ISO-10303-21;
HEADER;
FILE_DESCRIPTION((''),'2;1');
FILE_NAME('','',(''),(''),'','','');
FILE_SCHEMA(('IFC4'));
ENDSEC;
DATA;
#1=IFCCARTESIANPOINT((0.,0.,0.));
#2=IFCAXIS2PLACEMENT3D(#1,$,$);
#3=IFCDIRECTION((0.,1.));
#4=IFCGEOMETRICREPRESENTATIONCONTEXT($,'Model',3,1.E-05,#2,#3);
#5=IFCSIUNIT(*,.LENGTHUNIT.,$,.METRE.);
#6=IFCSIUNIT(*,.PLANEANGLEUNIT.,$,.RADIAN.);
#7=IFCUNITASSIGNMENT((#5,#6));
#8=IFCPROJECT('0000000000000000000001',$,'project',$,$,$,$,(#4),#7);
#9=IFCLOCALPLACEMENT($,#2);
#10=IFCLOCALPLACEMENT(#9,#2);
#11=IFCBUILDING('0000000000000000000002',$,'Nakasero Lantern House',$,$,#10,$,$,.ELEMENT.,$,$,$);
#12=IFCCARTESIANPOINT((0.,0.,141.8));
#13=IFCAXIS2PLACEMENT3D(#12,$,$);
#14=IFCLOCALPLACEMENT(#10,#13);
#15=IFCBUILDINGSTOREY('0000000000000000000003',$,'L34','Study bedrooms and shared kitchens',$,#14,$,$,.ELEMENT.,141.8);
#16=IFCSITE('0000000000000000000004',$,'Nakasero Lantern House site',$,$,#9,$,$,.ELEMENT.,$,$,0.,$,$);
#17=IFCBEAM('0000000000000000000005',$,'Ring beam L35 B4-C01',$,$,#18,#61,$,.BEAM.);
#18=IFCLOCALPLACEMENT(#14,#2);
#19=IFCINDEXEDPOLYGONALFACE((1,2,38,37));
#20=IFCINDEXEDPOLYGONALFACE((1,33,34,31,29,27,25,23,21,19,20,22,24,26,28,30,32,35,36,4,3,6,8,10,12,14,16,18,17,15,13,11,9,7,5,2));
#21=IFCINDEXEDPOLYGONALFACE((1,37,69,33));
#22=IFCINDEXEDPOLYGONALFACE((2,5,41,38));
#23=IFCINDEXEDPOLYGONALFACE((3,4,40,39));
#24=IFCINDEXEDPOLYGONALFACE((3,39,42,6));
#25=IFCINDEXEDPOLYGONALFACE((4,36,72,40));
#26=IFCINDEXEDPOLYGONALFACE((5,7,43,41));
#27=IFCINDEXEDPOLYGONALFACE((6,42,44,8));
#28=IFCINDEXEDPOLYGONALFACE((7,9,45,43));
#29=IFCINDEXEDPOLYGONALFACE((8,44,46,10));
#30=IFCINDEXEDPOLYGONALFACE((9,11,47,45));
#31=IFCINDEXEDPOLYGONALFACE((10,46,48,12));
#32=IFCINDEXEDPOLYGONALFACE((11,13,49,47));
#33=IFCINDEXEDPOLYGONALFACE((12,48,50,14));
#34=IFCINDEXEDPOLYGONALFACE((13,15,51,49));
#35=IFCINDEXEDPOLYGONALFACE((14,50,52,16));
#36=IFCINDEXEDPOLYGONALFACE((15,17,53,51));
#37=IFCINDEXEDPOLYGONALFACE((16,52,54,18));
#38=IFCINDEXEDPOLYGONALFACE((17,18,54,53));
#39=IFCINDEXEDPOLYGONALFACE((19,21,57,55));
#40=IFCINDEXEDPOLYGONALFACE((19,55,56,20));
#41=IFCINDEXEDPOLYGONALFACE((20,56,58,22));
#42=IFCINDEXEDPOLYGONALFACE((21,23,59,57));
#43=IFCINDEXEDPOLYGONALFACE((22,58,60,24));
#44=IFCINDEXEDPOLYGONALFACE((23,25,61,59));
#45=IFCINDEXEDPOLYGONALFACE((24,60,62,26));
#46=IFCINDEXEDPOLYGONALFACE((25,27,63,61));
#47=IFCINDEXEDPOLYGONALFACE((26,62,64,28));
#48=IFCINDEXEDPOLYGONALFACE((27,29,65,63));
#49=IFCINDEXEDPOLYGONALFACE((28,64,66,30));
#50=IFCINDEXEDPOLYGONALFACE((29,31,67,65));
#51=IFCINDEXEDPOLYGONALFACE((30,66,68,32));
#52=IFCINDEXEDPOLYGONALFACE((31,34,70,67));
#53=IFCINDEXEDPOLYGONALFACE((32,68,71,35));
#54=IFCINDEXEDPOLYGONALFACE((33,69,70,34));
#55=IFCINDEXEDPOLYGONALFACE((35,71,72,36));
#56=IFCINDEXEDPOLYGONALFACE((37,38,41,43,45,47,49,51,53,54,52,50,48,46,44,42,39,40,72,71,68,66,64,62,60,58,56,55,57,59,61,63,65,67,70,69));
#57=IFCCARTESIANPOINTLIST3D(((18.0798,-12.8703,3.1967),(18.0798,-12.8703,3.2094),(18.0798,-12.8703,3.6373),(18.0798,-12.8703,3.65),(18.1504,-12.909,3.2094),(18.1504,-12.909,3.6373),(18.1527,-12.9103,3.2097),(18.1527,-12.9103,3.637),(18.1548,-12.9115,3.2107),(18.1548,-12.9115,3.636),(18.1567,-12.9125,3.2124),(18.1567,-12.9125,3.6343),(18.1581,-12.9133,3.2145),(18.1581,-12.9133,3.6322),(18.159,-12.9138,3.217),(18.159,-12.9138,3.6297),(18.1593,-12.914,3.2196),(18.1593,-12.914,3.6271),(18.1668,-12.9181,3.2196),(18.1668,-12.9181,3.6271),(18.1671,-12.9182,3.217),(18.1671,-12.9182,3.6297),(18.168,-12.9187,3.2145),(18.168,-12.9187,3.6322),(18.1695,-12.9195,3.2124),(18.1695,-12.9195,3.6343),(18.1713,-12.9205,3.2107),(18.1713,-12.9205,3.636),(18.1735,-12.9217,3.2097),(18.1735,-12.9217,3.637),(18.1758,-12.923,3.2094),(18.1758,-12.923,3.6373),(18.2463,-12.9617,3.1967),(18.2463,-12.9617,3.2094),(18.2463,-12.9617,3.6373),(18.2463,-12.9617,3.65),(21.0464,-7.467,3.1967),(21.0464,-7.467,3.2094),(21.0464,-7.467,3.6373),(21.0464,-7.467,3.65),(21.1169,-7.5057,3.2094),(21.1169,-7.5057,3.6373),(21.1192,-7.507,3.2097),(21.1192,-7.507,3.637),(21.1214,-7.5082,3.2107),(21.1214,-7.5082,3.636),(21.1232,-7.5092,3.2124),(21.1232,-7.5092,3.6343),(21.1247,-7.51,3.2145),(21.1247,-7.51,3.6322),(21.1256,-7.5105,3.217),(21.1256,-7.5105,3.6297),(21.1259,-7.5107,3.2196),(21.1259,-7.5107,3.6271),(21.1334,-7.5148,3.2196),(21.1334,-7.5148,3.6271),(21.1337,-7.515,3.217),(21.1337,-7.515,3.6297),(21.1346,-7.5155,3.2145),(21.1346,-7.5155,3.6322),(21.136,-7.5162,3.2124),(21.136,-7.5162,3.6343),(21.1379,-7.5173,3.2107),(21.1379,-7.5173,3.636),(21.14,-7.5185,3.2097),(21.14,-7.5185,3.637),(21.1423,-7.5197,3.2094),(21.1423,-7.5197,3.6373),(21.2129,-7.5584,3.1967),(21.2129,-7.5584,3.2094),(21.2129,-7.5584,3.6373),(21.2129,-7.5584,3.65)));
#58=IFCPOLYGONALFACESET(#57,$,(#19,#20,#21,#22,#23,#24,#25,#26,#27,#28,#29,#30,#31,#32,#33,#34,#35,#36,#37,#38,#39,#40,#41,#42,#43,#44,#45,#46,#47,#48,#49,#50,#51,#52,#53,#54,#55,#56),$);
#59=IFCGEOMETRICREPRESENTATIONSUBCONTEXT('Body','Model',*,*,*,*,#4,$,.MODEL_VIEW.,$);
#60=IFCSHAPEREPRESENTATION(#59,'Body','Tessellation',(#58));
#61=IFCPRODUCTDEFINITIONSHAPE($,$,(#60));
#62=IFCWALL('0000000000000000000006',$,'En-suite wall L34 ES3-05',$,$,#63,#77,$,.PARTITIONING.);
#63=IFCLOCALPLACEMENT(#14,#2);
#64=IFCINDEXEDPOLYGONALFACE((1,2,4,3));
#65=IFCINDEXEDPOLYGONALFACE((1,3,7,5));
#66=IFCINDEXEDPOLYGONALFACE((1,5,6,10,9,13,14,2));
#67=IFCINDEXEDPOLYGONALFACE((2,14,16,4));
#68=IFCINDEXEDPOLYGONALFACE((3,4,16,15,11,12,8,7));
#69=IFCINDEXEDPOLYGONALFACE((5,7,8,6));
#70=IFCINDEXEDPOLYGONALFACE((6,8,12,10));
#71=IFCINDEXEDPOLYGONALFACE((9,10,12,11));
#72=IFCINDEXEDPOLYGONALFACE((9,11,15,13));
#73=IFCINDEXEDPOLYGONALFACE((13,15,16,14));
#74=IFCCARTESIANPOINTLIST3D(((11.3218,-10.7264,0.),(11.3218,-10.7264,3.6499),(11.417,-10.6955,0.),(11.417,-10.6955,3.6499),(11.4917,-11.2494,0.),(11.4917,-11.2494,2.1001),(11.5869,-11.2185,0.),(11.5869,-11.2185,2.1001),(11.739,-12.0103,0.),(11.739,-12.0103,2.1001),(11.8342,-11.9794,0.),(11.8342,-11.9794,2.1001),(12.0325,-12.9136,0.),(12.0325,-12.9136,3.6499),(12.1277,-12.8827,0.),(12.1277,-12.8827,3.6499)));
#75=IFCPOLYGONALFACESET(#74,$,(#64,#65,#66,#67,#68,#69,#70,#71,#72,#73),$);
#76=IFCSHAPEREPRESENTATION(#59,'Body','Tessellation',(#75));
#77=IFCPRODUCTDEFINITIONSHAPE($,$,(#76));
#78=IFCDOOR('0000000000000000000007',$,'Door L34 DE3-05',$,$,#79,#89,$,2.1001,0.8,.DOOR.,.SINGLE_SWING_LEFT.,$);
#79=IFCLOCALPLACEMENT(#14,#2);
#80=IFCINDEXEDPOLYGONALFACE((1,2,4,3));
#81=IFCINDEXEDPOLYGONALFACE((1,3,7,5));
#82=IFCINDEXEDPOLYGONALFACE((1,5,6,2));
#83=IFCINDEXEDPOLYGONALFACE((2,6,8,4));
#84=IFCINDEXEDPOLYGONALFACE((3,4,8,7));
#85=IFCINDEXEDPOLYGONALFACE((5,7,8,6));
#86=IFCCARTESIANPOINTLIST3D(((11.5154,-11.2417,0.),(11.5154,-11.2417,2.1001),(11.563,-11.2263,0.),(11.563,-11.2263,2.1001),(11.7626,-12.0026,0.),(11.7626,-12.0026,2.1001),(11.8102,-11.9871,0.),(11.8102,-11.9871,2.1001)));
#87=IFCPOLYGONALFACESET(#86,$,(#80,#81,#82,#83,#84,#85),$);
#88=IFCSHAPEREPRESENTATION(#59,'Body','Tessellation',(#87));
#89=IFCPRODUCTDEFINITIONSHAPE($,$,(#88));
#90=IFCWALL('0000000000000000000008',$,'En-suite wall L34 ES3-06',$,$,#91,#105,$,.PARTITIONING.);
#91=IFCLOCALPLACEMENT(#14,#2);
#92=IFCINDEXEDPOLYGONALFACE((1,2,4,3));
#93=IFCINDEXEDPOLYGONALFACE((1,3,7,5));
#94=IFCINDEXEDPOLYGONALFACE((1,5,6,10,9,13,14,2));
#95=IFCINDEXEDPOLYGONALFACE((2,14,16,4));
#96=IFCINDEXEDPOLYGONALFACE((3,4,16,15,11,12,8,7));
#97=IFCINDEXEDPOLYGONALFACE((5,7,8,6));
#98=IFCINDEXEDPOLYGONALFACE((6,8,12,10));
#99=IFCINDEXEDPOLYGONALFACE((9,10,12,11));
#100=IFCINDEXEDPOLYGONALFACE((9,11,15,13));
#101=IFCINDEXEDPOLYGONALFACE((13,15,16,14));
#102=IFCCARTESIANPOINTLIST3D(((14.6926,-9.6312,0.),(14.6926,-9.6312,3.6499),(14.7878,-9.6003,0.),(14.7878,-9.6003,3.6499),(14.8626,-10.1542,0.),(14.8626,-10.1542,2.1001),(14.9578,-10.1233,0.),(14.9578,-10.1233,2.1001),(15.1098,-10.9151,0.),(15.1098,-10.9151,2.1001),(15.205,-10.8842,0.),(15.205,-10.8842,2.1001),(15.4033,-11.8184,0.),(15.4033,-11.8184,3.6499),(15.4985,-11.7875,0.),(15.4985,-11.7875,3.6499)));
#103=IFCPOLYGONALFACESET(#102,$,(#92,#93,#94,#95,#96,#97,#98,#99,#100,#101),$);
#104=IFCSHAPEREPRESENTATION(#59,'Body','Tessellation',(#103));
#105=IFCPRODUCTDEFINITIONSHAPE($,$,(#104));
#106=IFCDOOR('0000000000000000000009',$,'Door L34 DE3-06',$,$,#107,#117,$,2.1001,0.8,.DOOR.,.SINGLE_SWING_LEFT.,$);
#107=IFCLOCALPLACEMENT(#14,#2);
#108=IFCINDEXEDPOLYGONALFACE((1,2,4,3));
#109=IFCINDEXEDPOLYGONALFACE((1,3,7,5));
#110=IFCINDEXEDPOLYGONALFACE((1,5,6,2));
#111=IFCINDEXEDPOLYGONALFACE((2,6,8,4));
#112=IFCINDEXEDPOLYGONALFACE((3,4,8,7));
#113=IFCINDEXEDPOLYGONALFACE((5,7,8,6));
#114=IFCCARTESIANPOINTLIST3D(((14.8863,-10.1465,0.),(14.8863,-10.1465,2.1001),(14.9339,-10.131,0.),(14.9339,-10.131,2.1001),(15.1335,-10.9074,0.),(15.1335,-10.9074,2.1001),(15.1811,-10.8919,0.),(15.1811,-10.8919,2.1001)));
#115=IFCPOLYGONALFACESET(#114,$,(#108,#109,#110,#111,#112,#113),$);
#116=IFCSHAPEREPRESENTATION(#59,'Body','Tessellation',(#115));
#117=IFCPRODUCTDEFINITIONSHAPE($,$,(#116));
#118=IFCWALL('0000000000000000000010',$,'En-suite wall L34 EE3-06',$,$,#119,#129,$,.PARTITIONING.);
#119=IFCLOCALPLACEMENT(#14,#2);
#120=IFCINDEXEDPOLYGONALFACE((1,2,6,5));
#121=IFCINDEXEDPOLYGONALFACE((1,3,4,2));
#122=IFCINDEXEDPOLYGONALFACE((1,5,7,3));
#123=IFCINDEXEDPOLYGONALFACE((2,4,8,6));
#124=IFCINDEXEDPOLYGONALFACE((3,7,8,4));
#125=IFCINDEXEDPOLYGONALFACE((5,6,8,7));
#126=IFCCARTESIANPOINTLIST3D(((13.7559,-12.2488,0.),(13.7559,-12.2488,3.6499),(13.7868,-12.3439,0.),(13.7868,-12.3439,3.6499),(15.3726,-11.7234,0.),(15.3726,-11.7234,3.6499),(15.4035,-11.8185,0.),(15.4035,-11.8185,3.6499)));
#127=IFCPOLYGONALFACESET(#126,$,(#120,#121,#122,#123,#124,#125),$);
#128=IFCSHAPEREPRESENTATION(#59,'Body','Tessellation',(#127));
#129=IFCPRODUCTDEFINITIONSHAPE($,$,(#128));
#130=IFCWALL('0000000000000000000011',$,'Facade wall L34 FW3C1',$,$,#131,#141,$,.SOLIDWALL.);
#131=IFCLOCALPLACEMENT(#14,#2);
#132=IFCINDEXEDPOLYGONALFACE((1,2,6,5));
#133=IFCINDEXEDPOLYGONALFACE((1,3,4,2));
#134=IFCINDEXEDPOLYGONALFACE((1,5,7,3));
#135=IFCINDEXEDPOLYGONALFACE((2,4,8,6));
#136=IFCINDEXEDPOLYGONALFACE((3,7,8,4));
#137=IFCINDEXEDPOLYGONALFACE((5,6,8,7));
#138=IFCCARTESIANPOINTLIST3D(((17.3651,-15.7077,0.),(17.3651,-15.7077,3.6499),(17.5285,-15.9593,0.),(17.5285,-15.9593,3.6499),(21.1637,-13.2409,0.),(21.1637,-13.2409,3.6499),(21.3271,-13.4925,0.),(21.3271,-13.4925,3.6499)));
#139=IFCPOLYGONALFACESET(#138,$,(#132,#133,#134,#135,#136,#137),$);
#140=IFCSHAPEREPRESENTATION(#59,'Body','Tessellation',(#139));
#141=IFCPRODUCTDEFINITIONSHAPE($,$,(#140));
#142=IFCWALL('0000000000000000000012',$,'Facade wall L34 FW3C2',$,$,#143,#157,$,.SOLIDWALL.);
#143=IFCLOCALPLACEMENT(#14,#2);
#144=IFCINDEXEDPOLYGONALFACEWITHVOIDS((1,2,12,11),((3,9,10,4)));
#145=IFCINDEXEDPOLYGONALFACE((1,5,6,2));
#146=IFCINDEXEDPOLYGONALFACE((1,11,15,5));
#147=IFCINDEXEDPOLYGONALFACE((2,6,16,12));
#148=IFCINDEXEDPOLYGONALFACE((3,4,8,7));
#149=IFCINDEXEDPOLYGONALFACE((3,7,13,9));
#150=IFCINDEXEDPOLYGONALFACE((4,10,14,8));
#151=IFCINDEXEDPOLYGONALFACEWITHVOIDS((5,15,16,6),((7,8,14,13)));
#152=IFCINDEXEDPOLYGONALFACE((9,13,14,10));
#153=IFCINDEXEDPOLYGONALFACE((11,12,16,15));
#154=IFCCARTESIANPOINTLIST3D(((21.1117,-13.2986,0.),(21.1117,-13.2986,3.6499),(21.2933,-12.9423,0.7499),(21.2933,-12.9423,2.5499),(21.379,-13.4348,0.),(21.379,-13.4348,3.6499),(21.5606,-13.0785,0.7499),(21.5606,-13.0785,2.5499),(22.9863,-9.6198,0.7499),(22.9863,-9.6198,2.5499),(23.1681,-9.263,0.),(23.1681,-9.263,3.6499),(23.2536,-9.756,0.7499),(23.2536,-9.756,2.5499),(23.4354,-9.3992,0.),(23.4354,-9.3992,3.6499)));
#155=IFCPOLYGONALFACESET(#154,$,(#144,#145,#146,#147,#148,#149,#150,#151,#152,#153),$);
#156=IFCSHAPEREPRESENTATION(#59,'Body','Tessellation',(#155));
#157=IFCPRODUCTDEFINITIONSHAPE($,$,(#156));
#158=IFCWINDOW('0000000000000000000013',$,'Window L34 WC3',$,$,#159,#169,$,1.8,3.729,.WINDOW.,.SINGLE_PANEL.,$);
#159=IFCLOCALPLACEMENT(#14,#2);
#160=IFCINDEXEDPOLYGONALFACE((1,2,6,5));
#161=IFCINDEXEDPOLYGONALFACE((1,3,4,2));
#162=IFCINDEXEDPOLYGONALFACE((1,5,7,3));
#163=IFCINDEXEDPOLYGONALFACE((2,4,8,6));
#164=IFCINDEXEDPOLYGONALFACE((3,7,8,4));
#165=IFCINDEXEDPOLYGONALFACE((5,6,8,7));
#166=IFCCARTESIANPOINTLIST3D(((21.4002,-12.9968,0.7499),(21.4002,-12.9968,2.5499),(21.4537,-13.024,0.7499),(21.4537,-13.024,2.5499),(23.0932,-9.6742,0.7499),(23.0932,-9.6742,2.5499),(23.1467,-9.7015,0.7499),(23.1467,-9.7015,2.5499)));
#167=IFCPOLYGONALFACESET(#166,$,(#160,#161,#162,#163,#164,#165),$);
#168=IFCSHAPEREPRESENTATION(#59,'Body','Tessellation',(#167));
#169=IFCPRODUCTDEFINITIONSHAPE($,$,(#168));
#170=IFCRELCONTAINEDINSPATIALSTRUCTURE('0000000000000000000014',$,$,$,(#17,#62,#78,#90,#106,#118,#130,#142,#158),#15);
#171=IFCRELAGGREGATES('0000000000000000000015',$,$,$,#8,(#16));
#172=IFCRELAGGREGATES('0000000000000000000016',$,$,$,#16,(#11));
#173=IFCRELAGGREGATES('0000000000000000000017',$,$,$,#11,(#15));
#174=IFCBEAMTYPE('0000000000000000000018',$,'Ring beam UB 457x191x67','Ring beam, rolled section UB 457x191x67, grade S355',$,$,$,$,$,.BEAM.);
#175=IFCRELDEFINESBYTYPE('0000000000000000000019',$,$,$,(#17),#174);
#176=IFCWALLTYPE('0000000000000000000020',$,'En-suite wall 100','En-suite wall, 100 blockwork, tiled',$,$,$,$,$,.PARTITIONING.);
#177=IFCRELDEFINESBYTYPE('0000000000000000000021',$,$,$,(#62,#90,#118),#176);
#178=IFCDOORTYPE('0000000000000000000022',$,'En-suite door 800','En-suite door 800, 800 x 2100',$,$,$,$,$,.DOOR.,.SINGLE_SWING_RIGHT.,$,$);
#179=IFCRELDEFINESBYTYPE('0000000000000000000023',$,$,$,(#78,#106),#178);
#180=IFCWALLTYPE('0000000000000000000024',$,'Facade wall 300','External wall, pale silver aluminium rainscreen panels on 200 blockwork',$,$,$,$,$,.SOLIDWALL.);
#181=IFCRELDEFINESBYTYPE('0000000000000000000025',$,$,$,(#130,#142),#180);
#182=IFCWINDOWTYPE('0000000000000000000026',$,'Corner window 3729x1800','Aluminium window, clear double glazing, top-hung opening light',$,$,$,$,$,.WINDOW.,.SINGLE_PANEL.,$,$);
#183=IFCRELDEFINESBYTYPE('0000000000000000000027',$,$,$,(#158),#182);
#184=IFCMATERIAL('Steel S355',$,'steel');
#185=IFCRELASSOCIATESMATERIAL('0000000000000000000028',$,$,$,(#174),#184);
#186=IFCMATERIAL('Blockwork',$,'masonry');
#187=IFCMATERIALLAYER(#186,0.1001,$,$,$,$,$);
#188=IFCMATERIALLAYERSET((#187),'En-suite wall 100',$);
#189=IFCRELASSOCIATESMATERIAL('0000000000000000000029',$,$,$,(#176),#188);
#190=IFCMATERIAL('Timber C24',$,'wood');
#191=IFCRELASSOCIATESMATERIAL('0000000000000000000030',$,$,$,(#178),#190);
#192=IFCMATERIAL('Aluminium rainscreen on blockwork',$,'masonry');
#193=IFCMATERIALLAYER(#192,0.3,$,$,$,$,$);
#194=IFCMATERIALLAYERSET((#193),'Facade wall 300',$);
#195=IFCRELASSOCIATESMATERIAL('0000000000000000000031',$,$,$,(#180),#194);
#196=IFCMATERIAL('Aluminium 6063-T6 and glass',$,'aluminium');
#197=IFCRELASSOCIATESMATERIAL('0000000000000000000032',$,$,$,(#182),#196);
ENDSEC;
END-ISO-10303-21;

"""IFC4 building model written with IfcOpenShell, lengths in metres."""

from ifc_helpers import new_model, si_unit, direction, frame, frame_2d, origin, origin_2d, place, context, subcontext, project, spatial, rectangle, i_section, extrude, material, layer, layer_set, material_profile, profile_set, type_object, element, fill, save


model = new_model("IFC4")

# Units and contexts
model_context = context("Model", 3, precision=1e-05, world=origin(), true_north=direction((0.0, 1.0)))
body_context = subcontext(model_context, "Body", "Model", "MODEL_VIEW")
ifc_project = project(units=[si_unit("LENGTHUNIT", "METRE"), si_unit("PLANEANGLEUNIT", "RADIAN")], contexts=[model_context])

# Site, building, storey
site_placement = place(None, origin())
site = spatial("IfcSite", under=ifc_project, at=site_placement, Name="Nakasero Lantern House site", CompositionType="ELEMENT", RefElevation=0.0)
building_placement = place(site_placement, origin())
building = spatial("IfcBuilding", under=site, at=building_placement, Name="Nakasero Lantern House", CompositionType="ELEMENT")
storey_placement = place(building_placement, frame((0.0, 0.0, 141.8)))
storey = spatial("IfcBuildingStorey", under=building, at=storey_placement, Name="L34", Description="Study bedrooms and shared kitchens", CompositionType="ELEMENT", Elevation=141.8)

# Beam
ifc_material_1 = material(Name="Steel S355", Category="steel")
ifc_material_profile_1 = material_profile(ifc_material_1, i_section(OverallWidth=0.1899, OverallDepth=0.4534, WebThickness=0.0085, FlangeThickness=0.0127, FilletRadius=0.0103, at=origin_2d()), Name="UB 457x191x67")
ifc_profile_set_1 = profile_set([ifc_material_profile_1], Name="Steel S355")
beam_type_1 = type_object("IfcBeamType", Name="Ring beam UB 457x191x67", Description="Ring beam, rolled section UB 457x191x67, grade S355", PredefinedType="BEAM", material=ifc_profile_set_1)
beam_1_placement = place(storey_placement, frame((18.1631, -12.916, 3.4233), z_axis=(0.481262, 0.876577, 0.0), x_axis=(-0.876577, 0.481262, 0.0)))
element("IfcBeam", 1, at=beam_1_placement, inside=storey, type_object=beam_type_1, Name="Ring beam L35 B4-C01", PredefinedType="BEAM", context=body_context, shape_type="SweptSolid", body=[
    extrude(i_section(OverallWidth=0.1899, OverallDepth=0.4534, WebThickness=0.0085, FlangeThickness=0.0127, FilletRadius=0.0103, at=origin_2d()), origin(), (0.0, 0.0, 1.0), 6.1641),
])

# Walls, openings, doors
ifc_material_2 = material(Name="Blockwork", Category="masonry")
ifc_layer_1 = layer(ifc_material_2, 0.1001)
ifc_layer_set_1 = layer_set([ifc_layer_1], Name="En-suite wall 100")
wall_type_1 = type_object("IfcWallType", Name="En-suite wall 100", Description="En-suite wall, 100 blockwork, tiled", PredefinedType="PARTITIONING", material=ifc_layer_set_1)
wall_1_placement = place(storey_placement, frame((11.3694, -10.7109, 0.0), z_axis=(0.0, 0.0, 1.0), x_axis=(0.309021, -0.951055, 0.0)))
wall_1 = element("IfcWall", 2, at=wall_1_placement, inside=storey, type_object=wall_type_1, Name="En-suite wall L34 ES3-05", PredefinedType="PARTITIONING", context=body_context, shape_type="SweptSolid", body=[
    extrude(rectangle(XDim=2.2998, YDim=0.1001, at=frame_2d((1.1499, 0.0))), origin(), (0.0, 0.0, 1.0), 3.6499),
])
opening_1_placement = place(wall_1_placement, frame((0.55, 0.0, 0.0)))
opening_1 = element("IfcOpeningElement", 3, at=opening_1_placement, cuts=wall_1, PredefinedType="OPENING", context=body_context, shape_type="SweptSolid", body=[
    extrude(rectangle(XDim=0.8, YDim=2.1001, at=frame_2d((0.3999, 1.05))), frame((0.0, 0.0701, 0.0), z_axis=(0.0, -1.0, 0.0), x_axis=(1.0, 0.0, 0.0)), (0.0, 0.0, 1.0), 0.1401),
])
ifc_material_3 = material(Name="Timber C24", Category="wood")
door_type = type_object("IfcDoorType", Name="En-suite door 800", Description="En-suite door 800, 800 x 2100", OperationType="SINGLE_SWING_RIGHT", PredefinedType="DOOR", material=ifc_material_3)
door_1_placement = place(opening_1_placement, origin())
door_1 = element("IfcDoor", 4, at=door_1_placement, inside=storey, type_object=door_type, Name="Door L34 DE3-05", OperationType="SINGLE_SWING_LEFT", OverallHeight=2.1001, OverallWidth=0.8, PredefinedType="DOOR", context=body_context, shape_type="SweptSolid", body=[
    extrude(rectangle(XDim=0.8, YDim=2.1001, at=frame_2d((0.3999, 1.05))), frame((0.0, 0.0249, 0.0), z_axis=(0.0, -1.0, 0.0), x_axis=(1.0, 0.0, 0.0)), (0.0, 0.0, 1.0), 0.05),
])
fill(opening_1, door_1)
wall_2_placement = place(storey_placement, frame((14.7402, -9.6157, 0.0), z_axis=(0.0, 0.0, 1.0), x_axis=(0.309021, -0.951055, 0.0)))
wall_2 = element("IfcWall", 5, at=wall_2_placement, inside=storey, type_object=wall_type_1, Name="En-suite wall L34 ES3-06", PredefinedType="PARTITIONING", context=body_context, shape_type="SweptSolid", body=[
    extrude(rectangle(XDim=2.2998, YDim=0.1001, at=frame_2d((1.1499, 0.0))), origin(), (0.0, 0.0, 1.0), 3.6499),
])
opening_2_placement = place(wall_2_placement, frame((0.55, 0.0, 0.0)))
opening_2 = element("IfcOpeningElement", 6, at=opening_2_placement, cuts=wall_2, PredefinedType="OPENING", context=body_context, shape_type="SweptSolid", body=[
    extrude(rectangle(XDim=0.8, YDim=2.1001, at=frame_2d((0.3999, 1.05))), frame((0.0, 0.0701, 0.0), z_axis=(0.0, -1.0, 0.0), x_axis=(1.0, 0.0, 0.0)), (0.0, 0.0, 1.0), 0.1401),
])
door_2_placement = place(opening_2_placement, origin())
door_2 = element("IfcDoor", 7, at=door_2_placement, inside=storey, type_object=door_type, Name="Door L34 DE3-06", OperationType="SINGLE_SWING_LEFT", OverallHeight=2.1001, OverallWidth=0.8, PredefinedType="DOOR", context=body_context, shape_type="SweptSolid", body=[
    extrude(rectangle(XDim=0.8, YDim=2.1001, at=frame_2d((0.3999, 1.05))), frame((0.0, 0.0249, 0.0), z_axis=(0.0, -1.0, 0.0), x_axis=(1.0, 0.0, 0.0)), (0.0, 0.0, 1.0), 0.05),
])
fill(opening_2, door_2)

# Walls
wall_3_placement = place(storey_placement, frame((13.7712, -12.2964, 0.0), z_axis=(0.0, 0.0, 1.0), x_axis=(0.95104, 0.309067, 0.0)))
element("IfcWall", 8, at=wall_3_placement, inside=storey, type_object=wall_type_1, Name="En-suite wall L34 EE3-06", PredefinedType="PARTITIONING", context=body_context, shape_type="SweptSolid", body=[
    extrude(rectangle(XDim=1.7, YDim=0.1001, at=frame_2d((0.8501, 0.0))), origin(), (0.0, 0.0, 1.0), 3.6499),
])
ifc_material_4 = material(Name="Aluminium rainscreen on blockwork", Category="masonry")
ifc_layer_2 = layer(ifc_material_4, 0.3)
ifc_layer_set_2 = layer_set([ifc_layer_2], Name="Facade wall 300")
wall_type_2 = type_object("IfcWallType", Name="Facade wall 300", Description="External wall, pale silver aluminium rainscreen panels on 200 blockwork", PredefinedType="SOLIDWALL", material=ifc_layer_set_2)
wall_4_placement = place(storey_placement, frame((17.4468, -15.8335, 0.0), z_axis=(0.0, 0.0, 1.0), x_axis=(0.838674, 0.544634, 0.0)))
element("IfcWall", 9, at=wall_4_placement, inside=storey, type_object=wall_type_2, Name="Facade wall L34 FW3C1", PredefinedType="SOLIDWALL", context=body_context, shape_type="SweptSolid", body=[
    extrude(rectangle(XDim=4.5293, YDim=0.3, at=frame_2d((2.2646, 0.0))), origin(), (0.0, 0.0, 1.0), 3.6499),
])

# Wall, opening, window
wall_5_placement = place(storey_placement, frame((21.2454, -13.3667, 0.0), z_axis=(0.0, 0.0, 1.0), x_axis=(0.454014, 0.890995, 0.0)))
wall_5 = element("IfcWall", 10, at=wall_5_placement, inside=storey, type_object=wall_type_2, Name="Facade wall L34 FW3C2", PredefinedType="SOLIDWALL", context=body_context, shape_type="SweptSolid", body=[
    extrude(rectangle(XDim=4.5293, YDim=0.3, at=frame_2d((2.2646, 0.0))), origin(), (0.0, 0.0, 1.0), 3.6499),
])
opening_3_placement = place(wall_5_placement, frame((0.3999, 0.0, 0.75)))
opening_3 = element("IfcOpeningElement", 11, at=opening_3_placement, cuts=wall_5, PredefinedType="OPENING", context=body_context, shape_type="SweptSolid", body=[
    extrude(rectangle(XDim=3.729, YDim=1.8, at=frame_2d((1.8645, 0.8999))), frame((0.0, 0.1699, 0.0), z_axis=(0.0, -1.0, 0.0), x_axis=(1.0, 0.0, 0.0)), (0.0, 0.0, 1.0), 0.3401),
])
ifc_material_5 = material(Name="Aluminium 6063-T6 and glass", Category="aluminium")
window_type = type_object("IfcWindowType", Name="Corner window 3729x1800", Description="Aluminium window, clear double glazing, top-hung opening light", PartitioningType="SINGLE_PANEL", PredefinedType="WINDOW", material=ifc_material_5)
window_placement = place(opening_3_placement, origin())
window = element("IfcWindow", 12, at=window_placement, inside=storey, type_object=window_type, Name="Window L34 WC3", OverallHeight=1.8, OverallWidth=3.729, PartitioningType="SINGLE_PANEL", PredefinedType="WINDOW", context=body_context, shape_type="SweptSolid", body=[
    extrude(rectangle(XDim=3.729, YDim=1.8, at=frame_2d((1.8645, 0.8999))), frame((0.0, 0.03, 0.0), z_axis=(0.0, -1.0, 0.0), x_axis=(1.0, 0.0, 0.0)), (0.0, 0.0, 1.0), 0.0601),
])
fill(opening_3, window)

save(model, "model.ifc")
